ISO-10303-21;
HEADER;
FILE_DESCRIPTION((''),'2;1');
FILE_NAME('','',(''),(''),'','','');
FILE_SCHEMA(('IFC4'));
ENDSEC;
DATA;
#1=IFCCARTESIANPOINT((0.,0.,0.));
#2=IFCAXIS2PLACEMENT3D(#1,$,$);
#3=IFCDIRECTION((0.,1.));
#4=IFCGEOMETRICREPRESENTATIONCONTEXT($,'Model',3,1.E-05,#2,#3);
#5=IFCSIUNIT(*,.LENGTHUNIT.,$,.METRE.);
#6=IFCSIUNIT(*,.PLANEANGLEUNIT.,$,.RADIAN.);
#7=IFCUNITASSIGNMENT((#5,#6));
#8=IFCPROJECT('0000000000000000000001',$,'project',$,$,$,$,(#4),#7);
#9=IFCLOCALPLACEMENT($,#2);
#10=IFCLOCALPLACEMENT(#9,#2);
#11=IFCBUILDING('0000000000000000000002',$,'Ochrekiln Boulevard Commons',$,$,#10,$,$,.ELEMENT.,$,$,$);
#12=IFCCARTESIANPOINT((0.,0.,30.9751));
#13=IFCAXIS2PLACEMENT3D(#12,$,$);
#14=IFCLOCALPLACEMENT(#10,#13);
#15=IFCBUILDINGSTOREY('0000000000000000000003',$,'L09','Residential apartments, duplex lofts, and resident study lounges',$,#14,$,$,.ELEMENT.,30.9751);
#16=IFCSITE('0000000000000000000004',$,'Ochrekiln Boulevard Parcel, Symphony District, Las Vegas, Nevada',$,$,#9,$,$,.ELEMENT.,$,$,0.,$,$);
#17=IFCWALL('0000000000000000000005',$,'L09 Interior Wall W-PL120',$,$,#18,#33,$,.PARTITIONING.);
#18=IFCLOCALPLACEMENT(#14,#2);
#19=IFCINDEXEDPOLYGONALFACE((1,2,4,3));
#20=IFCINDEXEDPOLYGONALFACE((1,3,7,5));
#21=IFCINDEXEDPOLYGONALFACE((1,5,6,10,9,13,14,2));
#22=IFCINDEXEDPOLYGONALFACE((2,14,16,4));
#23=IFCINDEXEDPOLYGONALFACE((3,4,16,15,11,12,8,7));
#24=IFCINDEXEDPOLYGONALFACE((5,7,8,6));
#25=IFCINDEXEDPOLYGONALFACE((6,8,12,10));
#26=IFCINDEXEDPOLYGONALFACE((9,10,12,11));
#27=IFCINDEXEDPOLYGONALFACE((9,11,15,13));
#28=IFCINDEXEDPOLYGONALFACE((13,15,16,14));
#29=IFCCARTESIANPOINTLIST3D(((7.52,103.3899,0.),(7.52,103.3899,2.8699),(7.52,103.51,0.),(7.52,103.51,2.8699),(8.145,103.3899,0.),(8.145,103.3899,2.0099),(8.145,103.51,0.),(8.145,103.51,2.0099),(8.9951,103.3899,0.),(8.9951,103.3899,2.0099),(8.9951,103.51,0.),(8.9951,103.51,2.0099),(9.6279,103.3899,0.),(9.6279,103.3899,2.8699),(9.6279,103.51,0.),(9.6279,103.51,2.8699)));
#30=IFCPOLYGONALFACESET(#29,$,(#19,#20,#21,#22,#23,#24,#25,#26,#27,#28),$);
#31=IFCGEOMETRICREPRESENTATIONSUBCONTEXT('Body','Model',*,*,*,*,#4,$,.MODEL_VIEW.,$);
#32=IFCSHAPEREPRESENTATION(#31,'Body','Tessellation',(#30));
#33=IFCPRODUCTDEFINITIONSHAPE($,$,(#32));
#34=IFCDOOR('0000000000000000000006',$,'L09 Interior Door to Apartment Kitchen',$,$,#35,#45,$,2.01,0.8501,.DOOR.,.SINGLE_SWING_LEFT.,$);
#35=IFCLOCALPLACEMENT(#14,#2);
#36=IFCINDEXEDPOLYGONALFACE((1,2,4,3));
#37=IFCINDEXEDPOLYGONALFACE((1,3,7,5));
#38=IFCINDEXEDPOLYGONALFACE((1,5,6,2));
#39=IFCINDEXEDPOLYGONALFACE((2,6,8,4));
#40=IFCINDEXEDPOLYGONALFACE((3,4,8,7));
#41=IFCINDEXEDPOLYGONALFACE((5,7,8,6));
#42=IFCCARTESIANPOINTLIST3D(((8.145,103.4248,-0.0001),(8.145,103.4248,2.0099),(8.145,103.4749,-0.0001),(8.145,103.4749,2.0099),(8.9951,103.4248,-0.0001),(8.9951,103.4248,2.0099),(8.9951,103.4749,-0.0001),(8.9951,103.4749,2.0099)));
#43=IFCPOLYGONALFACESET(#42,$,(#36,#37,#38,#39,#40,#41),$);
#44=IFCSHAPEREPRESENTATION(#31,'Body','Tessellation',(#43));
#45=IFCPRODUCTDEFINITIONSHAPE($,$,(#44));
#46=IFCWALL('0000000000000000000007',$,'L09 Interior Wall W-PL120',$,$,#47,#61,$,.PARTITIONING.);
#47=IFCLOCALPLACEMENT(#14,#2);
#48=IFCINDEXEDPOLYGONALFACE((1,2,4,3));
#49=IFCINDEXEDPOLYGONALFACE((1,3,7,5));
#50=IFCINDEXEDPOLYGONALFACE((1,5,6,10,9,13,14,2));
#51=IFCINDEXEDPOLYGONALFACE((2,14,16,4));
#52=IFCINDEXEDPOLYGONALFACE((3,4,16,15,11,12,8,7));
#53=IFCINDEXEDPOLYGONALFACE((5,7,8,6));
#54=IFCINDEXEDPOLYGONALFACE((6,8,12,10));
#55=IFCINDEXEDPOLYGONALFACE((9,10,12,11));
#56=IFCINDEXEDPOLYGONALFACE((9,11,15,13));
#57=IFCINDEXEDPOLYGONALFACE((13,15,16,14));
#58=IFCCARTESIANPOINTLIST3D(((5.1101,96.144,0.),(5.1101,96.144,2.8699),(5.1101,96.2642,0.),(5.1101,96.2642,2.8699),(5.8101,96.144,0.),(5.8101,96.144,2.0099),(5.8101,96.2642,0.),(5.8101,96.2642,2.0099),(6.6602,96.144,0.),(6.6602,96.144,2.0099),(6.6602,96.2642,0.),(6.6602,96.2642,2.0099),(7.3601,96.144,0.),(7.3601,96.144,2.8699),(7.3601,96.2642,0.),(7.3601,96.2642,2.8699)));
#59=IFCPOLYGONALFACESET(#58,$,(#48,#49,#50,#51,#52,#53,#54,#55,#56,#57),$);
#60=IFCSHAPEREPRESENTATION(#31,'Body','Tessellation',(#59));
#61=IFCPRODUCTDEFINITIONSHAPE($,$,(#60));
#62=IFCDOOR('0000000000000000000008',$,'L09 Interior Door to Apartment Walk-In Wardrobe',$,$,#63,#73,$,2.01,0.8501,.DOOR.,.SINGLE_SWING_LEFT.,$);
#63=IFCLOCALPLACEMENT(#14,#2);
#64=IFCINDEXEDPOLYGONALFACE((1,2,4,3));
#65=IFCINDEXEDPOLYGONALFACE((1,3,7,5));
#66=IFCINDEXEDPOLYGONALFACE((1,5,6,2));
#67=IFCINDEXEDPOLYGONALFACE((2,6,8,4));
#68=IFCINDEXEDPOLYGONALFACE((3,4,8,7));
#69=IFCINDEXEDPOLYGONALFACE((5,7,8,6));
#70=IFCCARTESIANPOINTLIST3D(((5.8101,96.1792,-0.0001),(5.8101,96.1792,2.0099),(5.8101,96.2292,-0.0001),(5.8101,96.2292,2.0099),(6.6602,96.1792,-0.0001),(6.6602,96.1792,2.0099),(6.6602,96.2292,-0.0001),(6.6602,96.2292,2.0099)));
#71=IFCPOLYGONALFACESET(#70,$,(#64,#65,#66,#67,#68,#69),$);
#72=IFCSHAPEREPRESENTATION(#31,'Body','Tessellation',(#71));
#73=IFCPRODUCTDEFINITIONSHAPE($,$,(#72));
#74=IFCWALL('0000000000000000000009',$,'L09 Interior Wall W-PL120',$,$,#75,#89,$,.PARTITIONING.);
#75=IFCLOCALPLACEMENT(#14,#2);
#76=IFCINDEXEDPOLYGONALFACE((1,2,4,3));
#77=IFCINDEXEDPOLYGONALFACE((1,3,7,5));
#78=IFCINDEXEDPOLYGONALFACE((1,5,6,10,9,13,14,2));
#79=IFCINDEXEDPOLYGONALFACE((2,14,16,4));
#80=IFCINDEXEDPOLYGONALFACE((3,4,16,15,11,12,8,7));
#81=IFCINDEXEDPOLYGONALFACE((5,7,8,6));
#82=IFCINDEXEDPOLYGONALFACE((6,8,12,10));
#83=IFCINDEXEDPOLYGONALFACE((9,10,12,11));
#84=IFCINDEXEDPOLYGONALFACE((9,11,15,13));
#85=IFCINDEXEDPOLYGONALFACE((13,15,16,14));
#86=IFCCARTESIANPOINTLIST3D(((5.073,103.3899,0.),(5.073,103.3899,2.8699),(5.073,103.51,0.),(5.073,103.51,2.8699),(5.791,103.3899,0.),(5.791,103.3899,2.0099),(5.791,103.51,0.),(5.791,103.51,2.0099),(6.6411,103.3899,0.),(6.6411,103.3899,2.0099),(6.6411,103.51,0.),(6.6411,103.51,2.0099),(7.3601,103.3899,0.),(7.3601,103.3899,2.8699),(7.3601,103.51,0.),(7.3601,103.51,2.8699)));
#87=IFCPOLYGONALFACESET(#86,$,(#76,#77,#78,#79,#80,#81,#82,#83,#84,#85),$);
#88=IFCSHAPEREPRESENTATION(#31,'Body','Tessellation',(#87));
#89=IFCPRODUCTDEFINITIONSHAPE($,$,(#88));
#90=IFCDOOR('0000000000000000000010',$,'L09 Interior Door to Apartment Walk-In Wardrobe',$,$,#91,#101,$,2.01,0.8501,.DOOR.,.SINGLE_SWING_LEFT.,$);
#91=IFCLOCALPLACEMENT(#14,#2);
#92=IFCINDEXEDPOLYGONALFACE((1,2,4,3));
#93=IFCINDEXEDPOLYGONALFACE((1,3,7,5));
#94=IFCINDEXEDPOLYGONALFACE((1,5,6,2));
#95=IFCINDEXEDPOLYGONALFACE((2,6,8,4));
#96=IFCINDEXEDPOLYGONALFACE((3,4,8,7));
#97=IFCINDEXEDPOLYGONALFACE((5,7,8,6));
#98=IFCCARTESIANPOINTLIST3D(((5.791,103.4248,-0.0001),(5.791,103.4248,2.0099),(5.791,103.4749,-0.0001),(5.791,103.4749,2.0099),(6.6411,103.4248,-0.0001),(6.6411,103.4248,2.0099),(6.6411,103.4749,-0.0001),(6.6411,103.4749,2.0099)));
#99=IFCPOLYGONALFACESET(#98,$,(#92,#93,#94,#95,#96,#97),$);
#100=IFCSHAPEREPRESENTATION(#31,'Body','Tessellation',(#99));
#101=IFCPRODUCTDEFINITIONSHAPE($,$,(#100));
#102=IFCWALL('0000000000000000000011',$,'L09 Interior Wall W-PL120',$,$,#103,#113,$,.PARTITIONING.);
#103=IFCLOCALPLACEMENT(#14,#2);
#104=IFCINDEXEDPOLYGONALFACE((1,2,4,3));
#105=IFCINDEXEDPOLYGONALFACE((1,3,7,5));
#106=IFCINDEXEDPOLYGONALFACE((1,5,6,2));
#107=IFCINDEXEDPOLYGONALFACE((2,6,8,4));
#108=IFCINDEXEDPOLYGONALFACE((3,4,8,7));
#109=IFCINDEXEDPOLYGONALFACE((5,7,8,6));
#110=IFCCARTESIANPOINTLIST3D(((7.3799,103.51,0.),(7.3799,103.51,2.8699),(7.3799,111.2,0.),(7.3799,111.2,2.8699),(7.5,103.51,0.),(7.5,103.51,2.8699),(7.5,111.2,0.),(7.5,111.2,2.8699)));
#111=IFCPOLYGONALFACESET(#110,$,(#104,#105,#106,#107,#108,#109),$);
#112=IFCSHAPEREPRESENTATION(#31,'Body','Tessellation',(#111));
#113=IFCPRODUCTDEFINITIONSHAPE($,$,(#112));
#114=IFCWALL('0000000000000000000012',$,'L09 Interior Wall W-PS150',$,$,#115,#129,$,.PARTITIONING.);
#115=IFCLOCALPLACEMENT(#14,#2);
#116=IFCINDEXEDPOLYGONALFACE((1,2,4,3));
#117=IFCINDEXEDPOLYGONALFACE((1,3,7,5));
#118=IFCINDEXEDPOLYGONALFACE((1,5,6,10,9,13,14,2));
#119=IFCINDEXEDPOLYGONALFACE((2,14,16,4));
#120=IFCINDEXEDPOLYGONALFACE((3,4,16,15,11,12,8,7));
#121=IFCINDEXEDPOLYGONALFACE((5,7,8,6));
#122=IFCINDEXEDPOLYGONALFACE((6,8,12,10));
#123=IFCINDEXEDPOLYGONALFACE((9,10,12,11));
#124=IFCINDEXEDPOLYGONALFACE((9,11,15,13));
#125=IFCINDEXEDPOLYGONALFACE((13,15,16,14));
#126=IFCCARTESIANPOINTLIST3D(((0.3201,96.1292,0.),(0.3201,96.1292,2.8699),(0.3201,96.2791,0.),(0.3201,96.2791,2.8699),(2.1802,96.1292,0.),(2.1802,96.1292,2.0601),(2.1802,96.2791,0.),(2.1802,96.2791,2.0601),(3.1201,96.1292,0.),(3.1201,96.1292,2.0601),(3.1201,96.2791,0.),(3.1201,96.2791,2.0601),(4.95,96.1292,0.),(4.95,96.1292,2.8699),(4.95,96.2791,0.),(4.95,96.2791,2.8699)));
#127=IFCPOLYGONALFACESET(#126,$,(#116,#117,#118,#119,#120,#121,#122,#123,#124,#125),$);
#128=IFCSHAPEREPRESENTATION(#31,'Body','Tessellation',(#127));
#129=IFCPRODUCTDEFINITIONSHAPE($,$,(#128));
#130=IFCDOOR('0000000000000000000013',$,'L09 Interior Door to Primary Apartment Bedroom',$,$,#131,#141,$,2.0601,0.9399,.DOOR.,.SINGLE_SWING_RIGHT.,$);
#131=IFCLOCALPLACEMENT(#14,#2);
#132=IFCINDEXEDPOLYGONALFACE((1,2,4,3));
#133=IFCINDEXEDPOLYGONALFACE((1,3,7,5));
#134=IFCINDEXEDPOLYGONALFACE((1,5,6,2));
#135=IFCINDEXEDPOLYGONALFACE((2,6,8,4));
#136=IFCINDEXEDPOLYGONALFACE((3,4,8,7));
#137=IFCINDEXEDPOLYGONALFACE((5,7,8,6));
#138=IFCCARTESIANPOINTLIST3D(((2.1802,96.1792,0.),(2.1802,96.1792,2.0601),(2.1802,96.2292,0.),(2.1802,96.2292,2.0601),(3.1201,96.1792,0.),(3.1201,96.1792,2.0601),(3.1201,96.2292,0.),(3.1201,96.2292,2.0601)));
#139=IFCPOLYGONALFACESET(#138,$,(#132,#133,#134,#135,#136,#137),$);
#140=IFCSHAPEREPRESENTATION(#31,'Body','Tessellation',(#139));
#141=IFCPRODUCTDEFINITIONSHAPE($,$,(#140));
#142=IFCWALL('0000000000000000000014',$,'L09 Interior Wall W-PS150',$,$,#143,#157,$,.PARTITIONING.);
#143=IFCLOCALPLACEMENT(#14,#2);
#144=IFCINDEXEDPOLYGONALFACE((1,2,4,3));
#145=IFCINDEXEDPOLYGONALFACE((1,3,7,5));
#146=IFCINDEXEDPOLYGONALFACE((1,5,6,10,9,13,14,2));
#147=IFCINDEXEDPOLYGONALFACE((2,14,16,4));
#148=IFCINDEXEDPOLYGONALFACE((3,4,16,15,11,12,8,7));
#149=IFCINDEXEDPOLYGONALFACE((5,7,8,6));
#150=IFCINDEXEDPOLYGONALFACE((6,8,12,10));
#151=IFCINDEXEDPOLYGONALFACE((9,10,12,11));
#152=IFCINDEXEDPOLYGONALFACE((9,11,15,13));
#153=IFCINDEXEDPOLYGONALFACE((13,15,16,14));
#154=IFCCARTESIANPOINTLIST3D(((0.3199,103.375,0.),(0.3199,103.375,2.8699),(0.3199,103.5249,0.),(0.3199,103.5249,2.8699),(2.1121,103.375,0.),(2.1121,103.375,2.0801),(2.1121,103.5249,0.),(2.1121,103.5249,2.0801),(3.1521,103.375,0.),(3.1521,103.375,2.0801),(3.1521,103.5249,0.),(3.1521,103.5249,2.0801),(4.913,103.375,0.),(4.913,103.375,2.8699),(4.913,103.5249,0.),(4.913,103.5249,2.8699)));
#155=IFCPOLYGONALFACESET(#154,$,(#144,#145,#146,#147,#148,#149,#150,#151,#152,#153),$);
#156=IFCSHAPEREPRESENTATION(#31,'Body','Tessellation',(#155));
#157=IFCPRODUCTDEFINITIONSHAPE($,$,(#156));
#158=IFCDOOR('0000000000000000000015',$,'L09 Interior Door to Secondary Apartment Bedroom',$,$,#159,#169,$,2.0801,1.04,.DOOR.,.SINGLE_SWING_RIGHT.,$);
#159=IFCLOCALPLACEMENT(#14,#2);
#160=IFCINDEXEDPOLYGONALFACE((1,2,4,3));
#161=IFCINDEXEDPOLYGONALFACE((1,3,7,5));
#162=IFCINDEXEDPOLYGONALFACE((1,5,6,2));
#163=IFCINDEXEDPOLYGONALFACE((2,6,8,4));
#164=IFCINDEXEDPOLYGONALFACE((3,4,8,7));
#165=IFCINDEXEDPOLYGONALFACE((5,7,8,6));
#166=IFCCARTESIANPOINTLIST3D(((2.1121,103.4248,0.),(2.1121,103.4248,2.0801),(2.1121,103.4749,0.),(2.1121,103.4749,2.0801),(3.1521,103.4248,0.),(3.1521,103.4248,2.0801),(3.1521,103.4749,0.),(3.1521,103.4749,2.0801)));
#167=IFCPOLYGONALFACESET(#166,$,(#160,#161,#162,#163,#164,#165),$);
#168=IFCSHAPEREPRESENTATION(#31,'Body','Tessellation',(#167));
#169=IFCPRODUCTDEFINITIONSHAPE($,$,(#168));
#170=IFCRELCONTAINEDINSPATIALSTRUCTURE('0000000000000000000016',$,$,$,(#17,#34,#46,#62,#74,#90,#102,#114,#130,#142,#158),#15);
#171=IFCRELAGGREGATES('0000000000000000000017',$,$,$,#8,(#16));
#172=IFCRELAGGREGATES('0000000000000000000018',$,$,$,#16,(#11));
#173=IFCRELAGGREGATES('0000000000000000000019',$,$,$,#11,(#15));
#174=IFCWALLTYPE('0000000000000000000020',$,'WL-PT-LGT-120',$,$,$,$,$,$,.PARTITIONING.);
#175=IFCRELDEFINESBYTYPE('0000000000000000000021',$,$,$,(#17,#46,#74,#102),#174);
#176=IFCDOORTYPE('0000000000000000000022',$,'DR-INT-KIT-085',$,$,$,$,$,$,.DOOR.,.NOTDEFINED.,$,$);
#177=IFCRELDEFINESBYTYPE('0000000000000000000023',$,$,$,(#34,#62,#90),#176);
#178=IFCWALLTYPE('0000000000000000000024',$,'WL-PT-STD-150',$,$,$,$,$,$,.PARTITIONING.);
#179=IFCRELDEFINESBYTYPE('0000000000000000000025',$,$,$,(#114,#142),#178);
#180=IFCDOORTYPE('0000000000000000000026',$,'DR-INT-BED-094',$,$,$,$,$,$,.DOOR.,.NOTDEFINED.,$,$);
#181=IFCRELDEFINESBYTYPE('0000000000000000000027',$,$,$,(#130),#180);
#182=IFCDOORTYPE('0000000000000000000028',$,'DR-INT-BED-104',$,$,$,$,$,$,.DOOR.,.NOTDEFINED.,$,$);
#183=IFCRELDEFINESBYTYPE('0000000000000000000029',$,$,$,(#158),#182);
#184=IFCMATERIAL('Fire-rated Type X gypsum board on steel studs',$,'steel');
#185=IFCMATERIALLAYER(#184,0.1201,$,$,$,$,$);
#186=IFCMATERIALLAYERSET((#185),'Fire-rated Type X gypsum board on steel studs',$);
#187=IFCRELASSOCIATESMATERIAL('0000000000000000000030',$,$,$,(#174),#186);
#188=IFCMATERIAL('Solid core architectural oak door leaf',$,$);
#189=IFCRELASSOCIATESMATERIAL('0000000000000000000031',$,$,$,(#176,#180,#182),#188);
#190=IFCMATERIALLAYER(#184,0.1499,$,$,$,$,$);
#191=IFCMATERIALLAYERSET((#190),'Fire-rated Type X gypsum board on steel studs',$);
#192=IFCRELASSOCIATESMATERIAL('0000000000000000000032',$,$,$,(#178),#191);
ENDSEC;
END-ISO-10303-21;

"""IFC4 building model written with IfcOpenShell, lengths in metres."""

from ifc_helpers import new_model, si_unit, direction, frame, frame_2d, origin, place, context, subcontext, project, spatial, rectangle, extrude, material, layer, layer_set, type_object, element, fill, save


model = new_model("IFC4")

# Units and contexts
model_context = context("Model", 3, precision=1e-05, world=origin(), true_north=direction((0.0, 1.0)))
body_context = subcontext(model_context, "Body", "Model", "MODEL_VIEW")
ifc_project = project(units=[si_unit("LENGTHUNIT", "METRE"), si_unit("PLANEANGLEUNIT", "RADIAN")], contexts=[model_context])

# Site, building, storey
site_placement = place(None, origin())
site = spatial("IfcSite", under=ifc_project, at=site_placement, Name="Ochrekiln Boulevard Parcel, Symphony District, Las Vegas, Nevada", CompositionType="ELEMENT", RefElevation=0.0)
building_placement = place(site_placement, origin())
building = spatial("IfcBuilding", under=site, at=building_placement, Name="Ochrekiln Boulevard Commons", CompositionType="ELEMENT")
storey_placement = place(building_placement, frame((0.0, 0.0, 30.9751)))
storey = spatial("IfcBuildingStorey", under=building, at=storey_placement, Name="L09", Description="Residential apartments, duplex lofts, and resident study lounges", CompositionType="ELEMENT", Elevation=30.9751)

# Walls, openings, doors
ifc_material_1 = material(Name="Solid core architectural oak door leaf")
ifc_material_2 = material(Name="Fire-rated Type X gypsum board on steel studs", Category="steel")
ifc_layer_1 = layer(ifc_material_2, 0.1201)
ifc_layer_set_1 = layer_set([ifc_layer_1], Name="Fire-rated Type X gypsum board on steel studs")
wall_type_1 = type_object("IfcWallType", Name="WL-PT-LGT-120", PredefinedType="PARTITIONING", material=ifc_layer_set_1)
wall_1_placement = place(storey_placement, frame((7.52, 103.45, 0.0), z_axis=(0.0, 0.0, 1.0), x_axis=(1.0, 0.0, 0.0)))
wall_1 = element("IfcWall", 1, at=wall_1_placement, inside=storey, type_object=wall_type_1, Name="L09 Interior Wall W-PL120", PredefinedType="PARTITIONING", context=body_context, shape_type="SweptSolid", body=[
    extrude(rectangle(XDim=2.1079, YDim=0.1201, at=frame_2d((1.054, 0.0))), origin(), (0.0, 0.0, 1.0), 2.8699),
])
opening_1_placement = place(wall_1_placement, frame((0.625, 0.0, 0.0)))
opening_1 = element("IfcOpeningElement", 2, at=opening_1_placement, cuts=wall_1, PredefinedType="OPENING", context=body_context, shape_type="SweptSolid", body=[
    extrude(rectangle(XDim=0.8501, YDim=2.01, at=frame_2d((0.425, 1.0049))), frame((0.0, 0.0701, 0.0), z_axis=(0.0, -1.0, 0.0), x_axis=(1.0, 0.0, 0.0)), (0.0, 0.0, 1.0), 0.1401),
])
door_type_1 = type_object("IfcDoorType", Name="DR-INT-KIT-085", OperationType="NOTDEFINED", PredefinedType="DOOR", material=ifc_material_1)
door_1_placement = place(opening_1_placement, origin())
door_1 = element("IfcDoor", 3, at=door_1_placement, inside=storey, type_object=door_type_1, Name="L09 Interior Door to Apartment Kitchen", OperationType="SINGLE_SWING_LEFT", OverallHeight=2.01, OverallWidth=0.8501, PredefinedType="DOOR", context=body_context, shape_type="SweptSolid", body=[
    extrude(rectangle(XDim=0.8501, YDim=2.01, at=frame_2d((0.425, 1.0049))), frame((0.0, 0.0249, 0.0), z_axis=(0.0, -1.0, 0.0), x_axis=(1.0, 0.0, 0.0)), (0.0, 0.0, 1.0), 0.05),
])
fill(opening_1, door_1)
wall_2_placement = place(storey_placement, frame((5.1101, 96.2041, 0.0), z_axis=(0.0, 0.0, 1.0), x_axis=(1.0, 0.0, 0.0)))
wall_2 = element("IfcWall", 4, at=wall_2_placement, inside=storey, type_object=wall_type_1, Name="L09 Interior Wall W-PL120", PredefinedType="PARTITIONING", context=body_context, shape_type="SweptSolid", body=[
    extrude(rectangle(XDim=2.25, YDim=0.1201, at=frame_2d((1.125, 0.0))), origin(), (0.0, 0.0, 1.0), 2.8699),
])
opening_2_placement = place(wall_2_placement, frame((0.7, 0.0, 0.0)))
opening_2 = element("IfcOpeningElement", 5, at=opening_2_placement, cuts=wall_2, PredefinedType="OPENING", context=body_context, shape_type="SweptSolid", body=[
    extrude(rectangle(XDim=0.8501, YDim=2.01, at=frame_2d((0.425, 1.0049))), frame((0.0, 0.0701, 0.0), z_axis=(0.0, -1.0, 0.0), x_axis=(1.0, 0.0, 0.0)), (0.0, 0.0, 1.0), 0.1401),
])
door_2_placement = place(opening_2_placement, frame((0.8501, 0.0, 0.0), z_axis=(0.0, 0.0, 1.0), x_axis=(-1.0, 0.0, 0.0)))
door_2 = element("IfcDoor", 6, at=door_2_placement, inside=storey, type_object=door_type_1, Name="L09 Interior Door to Apartment Walk-In Wardrobe", OperationType="SINGLE_SWING_LEFT", OverallHeight=2.01, OverallWidth=0.8501, PredefinedType="DOOR", context=body_context, shape_type="SweptSolid", body=[
    extrude(rectangle(XDim=0.8501, YDim=2.01, at=frame_2d((0.425, 1.0049))), frame((0.0, 0.0249, 0.0), z_axis=(0.0, -1.0, 0.0), x_axis=(1.0, 0.0, 0.0)), (0.0, 0.0, 1.0), 0.05),
])
fill(opening_2, door_2)
wall_3_placement = place(storey_placement, frame((5.073, 103.45, 0.0), z_axis=(0.0, 0.0, 1.0), x_axis=(1.0, 0.0, 0.0)))
wall_3 = element("IfcWall", 7, at=wall_3_placement, inside=storey, type_object=wall_type_1, Name="L09 Interior Wall W-PL120", PredefinedType="PARTITIONING", context=body_context, shape_type="SweptSolid", body=[
    extrude(rectangle(XDim=2.2871, YDim=0.1201, at=frame_2d((1.1436, 0.0))), origin(), (0.0, 0.0, 1.0), 2.8699),
])
opening_3_placement = place(wall_3_placement, frame((0.718, 0.0, 0.0)))
opening_3 = element("IfcOpeningElement", 8, at=opening_3_placement, cuts=wall_3, PredefinedType="OPENING", context=body_context, shape_type="SweptSolid", body=[
    extrude(rectangle(XDim=0.8501, YDim=2.01, at=frame_2d((0.425, 1.0049))), frame((0.0, 0.0701, 0.0), z_axis=(0.0, -1.0, 0.0), x_axis=(1.0, 0.0, 0.0)), (0.0, 0.0, 1.0), 0.1401),
])
door_3_placement = place(opening_3_placement, origin())
door_3 = element("IfcDoor", 9, at=door_3_placement, inside=storey, type_object=door_type_1, Name="L09 Interior Door to Apartment Walk-In Wardrobe", OperationType="SINGLE_SWING_LEFT", OverallHeight=2.01, OverallWidth=0.8501, PredefinedType="DOOR", context=body_context, shape_type="SweptSolid", body=[
    extrude(rectangle(XDim=0.8501, YDim=2.01, at=frame_2d((0.425, 1.0049))), frame((0.0, 0.0249, 0.0), z_axis=(0.0, -1.0, 0.0), x_axis=(1.0, 0.0, 0.0)), (0.0, 0.0, 1.0), 0.05),
])
fill(opening_3, door_3)

# Wall
wall_4_placement = place(storey_placement, frame((7.4399, 103.51, 0.0), z_axis=(0.0, 0.0, 1.0), x_axis=(0.0, 1.0, 0.0)))
element("IfcWall", 10, at=wall_4_placement, inside=storey, type_object=wall_type_1, Name="L09 Interior Wall W-PL120", PredefinedType="PARTITIONING", context=body_context, shape_type="SweptSolid", body=[
    extrude(rectangle(XDim=7.6899, YDim=0.1201, at=frame_2d((3.845, 0.0))), origin(), (0.0, 0.0, 1.0), 2.8699),
])

# Walls, openings, doors
ifc_layer_2 = layer(ifc_material_2, 0.1499)
ifc_layer_set_2 = layer_set([ifc_layer_2], Name="Fire-rated Type X gypsum board on steel studs")
wall_type_2 = type_object("IfcWallType", Name="WL-PT-STD-150", PredefinedType="PARTITIONING", material=ifc_layer_set_2)
wall_5_placement = place(storey_placement, frame((0.3201, 96.2041, 0.0), z_axis=(0.0, 0.0, 1.0), x_axis=(1.0, 0.0, 0.0)))
wall_5 = element("IfcWall", 11, at=wall_5_placement, inside=storey, type_object=wall_type_2, Name="L09 Interior Wall W-PS150", PredefinedType="PARTITIONING", context=body_context, shape_type="SweptSolid", body=[
    extrude(rectangle(XDim=4.6299, YDim=0.1499, at=frame_2d((2.3149, 0.0))), origin(), (0.0, 0.0, 1.0), 2.8699),
])
opening_4_placement = place(wall_5_placement, frame((1.8601, 0.0, 0.0)))
opening_4 = element("IfcOpeningElement", 12, at=opening_4_placement, cuts=wall_5, PredefinedType="OPENING", context=body_context, shape_type="SweptSolid", body=[
    extrude(rectangle(XDim=0.9399, YDim=2.0601, at=frame_2d((0.47, 1.03))), frame((0.0, 0.085, 0.0), z_axis=(0.0, -1.0, 0.0), x_axis=(1.0, 0.0, 0.0)), (0.0, 0.0, 1.0), 0.1699),
])
door_type_2 = type_object("IfcDoorType", Name="DR-INT-BED-094", OperationType="NOTDEFINED", PredefinedType="DOOR", material=ifc_material_1)
door_4_placement = place(opening_4_placement, frame((0.9399, 0.0, 0.0), z_axis=(0.0, 0.0, 1.0), x_axis=(-1.0, 0.0, 0.0)))
door_4 = element("IfcDoor", 13, at=door_4_placement, inside=storey, type_object=door_type_2, Name="L09 Interior Door to Primary Apartment Bedroom", OperationType="SINGLE_SWING_RIGHT", OverallHeight=2.0601, OverallWidth=0.9399, PredefinedType="DOOR", context=body_context, shape_type="SweptSolid", body=[
    extrude(rectangle(XDim=0.9399, YDim=2.0601, at=frame_2d((0.47, 1.03))), frame((0.0, 0.0249, 0.0), z_axis=(0.0, -1.0, 0.0), x_axis=(1.0, 0.0, 0.0)), (0.0, 0.0, 1.0), 0.05),
])
fill(opening_4, door_4)
wall_6_placement = place(storey_placement, frame((0.3201, 103.45, 0.0), z_axis=(0.0, 0.0, 1.0), x_axis=(1.0, 0.0, 0.0)))
wall_6 = element("IfcWall", 14, at=wall_6_placement, inside=storey, type_object=wall_type_2, Name="L09 Interior Wall W-PS150", PredefinedType="PARTITIONING", context=body_context, shape_type="SweptSolid", body=[
    extrude(rectangle(XDim=4.593, YDim=0.1499, at=frame_2d((2.2964, 0.0))), origin(), (0.0, 0.0, 1.0), 2.8699),
])
opening_5_placement = place(wall_6_placement, frame((1.792, 0.0, 0.0)))
opening_5 = element("IfcOpeningElement", 15, at=opening_5_placement, cuts=wall_6, PredefinedType="OPENING", context=body_context, shape_type="SweptSolid", body=[
    extrude(rectangle(XDim=1.04, YDim=2.0801, at=frame_2d((0.52, 1.04))), frame((0.0, 0.085, 0.0), z_axis=(0.0, -1.0, 0.0), x_axis=(1.0, 0.0, 0.0)), (0.0, 0.0, 1.0), 0.1699),
])
door_type_3 = type_object("IfcDoorType", Name="DR-INT-BED-104", OperationType="NOTDEFINED", PredefinedType="DOOR", material=ifc_material_1)
door_5_placement = place(opening_5_placement, origin())
door_5 = element("IfcDoor", 16, at=door_5_placement, inside=storey, type_object=door_type_3, Name="L09 Interior Door to Secondary Apartment Bedroom", OperationType="SINGLE_SWING_RIGHT", OverallHeight=2.0801, OverallWidth=1.04, PredefinedType="DOOR", context=body_context, shape_type="SweptSolid", body=[
    extrude(rectangle(XDim=1.04, YDim=2.0801, at=frame_2d((0.52, 1.04))), frame((0.0, 0.0249, 0.0), z_axis=(0.0, -1.0, 0.0), x_axis=(1.0, 0.0, 0.0)), (0.0, 0.0, 1.0), 0.05),
])
fill(opening_5, door_5)

save(model, "model.ifc")
